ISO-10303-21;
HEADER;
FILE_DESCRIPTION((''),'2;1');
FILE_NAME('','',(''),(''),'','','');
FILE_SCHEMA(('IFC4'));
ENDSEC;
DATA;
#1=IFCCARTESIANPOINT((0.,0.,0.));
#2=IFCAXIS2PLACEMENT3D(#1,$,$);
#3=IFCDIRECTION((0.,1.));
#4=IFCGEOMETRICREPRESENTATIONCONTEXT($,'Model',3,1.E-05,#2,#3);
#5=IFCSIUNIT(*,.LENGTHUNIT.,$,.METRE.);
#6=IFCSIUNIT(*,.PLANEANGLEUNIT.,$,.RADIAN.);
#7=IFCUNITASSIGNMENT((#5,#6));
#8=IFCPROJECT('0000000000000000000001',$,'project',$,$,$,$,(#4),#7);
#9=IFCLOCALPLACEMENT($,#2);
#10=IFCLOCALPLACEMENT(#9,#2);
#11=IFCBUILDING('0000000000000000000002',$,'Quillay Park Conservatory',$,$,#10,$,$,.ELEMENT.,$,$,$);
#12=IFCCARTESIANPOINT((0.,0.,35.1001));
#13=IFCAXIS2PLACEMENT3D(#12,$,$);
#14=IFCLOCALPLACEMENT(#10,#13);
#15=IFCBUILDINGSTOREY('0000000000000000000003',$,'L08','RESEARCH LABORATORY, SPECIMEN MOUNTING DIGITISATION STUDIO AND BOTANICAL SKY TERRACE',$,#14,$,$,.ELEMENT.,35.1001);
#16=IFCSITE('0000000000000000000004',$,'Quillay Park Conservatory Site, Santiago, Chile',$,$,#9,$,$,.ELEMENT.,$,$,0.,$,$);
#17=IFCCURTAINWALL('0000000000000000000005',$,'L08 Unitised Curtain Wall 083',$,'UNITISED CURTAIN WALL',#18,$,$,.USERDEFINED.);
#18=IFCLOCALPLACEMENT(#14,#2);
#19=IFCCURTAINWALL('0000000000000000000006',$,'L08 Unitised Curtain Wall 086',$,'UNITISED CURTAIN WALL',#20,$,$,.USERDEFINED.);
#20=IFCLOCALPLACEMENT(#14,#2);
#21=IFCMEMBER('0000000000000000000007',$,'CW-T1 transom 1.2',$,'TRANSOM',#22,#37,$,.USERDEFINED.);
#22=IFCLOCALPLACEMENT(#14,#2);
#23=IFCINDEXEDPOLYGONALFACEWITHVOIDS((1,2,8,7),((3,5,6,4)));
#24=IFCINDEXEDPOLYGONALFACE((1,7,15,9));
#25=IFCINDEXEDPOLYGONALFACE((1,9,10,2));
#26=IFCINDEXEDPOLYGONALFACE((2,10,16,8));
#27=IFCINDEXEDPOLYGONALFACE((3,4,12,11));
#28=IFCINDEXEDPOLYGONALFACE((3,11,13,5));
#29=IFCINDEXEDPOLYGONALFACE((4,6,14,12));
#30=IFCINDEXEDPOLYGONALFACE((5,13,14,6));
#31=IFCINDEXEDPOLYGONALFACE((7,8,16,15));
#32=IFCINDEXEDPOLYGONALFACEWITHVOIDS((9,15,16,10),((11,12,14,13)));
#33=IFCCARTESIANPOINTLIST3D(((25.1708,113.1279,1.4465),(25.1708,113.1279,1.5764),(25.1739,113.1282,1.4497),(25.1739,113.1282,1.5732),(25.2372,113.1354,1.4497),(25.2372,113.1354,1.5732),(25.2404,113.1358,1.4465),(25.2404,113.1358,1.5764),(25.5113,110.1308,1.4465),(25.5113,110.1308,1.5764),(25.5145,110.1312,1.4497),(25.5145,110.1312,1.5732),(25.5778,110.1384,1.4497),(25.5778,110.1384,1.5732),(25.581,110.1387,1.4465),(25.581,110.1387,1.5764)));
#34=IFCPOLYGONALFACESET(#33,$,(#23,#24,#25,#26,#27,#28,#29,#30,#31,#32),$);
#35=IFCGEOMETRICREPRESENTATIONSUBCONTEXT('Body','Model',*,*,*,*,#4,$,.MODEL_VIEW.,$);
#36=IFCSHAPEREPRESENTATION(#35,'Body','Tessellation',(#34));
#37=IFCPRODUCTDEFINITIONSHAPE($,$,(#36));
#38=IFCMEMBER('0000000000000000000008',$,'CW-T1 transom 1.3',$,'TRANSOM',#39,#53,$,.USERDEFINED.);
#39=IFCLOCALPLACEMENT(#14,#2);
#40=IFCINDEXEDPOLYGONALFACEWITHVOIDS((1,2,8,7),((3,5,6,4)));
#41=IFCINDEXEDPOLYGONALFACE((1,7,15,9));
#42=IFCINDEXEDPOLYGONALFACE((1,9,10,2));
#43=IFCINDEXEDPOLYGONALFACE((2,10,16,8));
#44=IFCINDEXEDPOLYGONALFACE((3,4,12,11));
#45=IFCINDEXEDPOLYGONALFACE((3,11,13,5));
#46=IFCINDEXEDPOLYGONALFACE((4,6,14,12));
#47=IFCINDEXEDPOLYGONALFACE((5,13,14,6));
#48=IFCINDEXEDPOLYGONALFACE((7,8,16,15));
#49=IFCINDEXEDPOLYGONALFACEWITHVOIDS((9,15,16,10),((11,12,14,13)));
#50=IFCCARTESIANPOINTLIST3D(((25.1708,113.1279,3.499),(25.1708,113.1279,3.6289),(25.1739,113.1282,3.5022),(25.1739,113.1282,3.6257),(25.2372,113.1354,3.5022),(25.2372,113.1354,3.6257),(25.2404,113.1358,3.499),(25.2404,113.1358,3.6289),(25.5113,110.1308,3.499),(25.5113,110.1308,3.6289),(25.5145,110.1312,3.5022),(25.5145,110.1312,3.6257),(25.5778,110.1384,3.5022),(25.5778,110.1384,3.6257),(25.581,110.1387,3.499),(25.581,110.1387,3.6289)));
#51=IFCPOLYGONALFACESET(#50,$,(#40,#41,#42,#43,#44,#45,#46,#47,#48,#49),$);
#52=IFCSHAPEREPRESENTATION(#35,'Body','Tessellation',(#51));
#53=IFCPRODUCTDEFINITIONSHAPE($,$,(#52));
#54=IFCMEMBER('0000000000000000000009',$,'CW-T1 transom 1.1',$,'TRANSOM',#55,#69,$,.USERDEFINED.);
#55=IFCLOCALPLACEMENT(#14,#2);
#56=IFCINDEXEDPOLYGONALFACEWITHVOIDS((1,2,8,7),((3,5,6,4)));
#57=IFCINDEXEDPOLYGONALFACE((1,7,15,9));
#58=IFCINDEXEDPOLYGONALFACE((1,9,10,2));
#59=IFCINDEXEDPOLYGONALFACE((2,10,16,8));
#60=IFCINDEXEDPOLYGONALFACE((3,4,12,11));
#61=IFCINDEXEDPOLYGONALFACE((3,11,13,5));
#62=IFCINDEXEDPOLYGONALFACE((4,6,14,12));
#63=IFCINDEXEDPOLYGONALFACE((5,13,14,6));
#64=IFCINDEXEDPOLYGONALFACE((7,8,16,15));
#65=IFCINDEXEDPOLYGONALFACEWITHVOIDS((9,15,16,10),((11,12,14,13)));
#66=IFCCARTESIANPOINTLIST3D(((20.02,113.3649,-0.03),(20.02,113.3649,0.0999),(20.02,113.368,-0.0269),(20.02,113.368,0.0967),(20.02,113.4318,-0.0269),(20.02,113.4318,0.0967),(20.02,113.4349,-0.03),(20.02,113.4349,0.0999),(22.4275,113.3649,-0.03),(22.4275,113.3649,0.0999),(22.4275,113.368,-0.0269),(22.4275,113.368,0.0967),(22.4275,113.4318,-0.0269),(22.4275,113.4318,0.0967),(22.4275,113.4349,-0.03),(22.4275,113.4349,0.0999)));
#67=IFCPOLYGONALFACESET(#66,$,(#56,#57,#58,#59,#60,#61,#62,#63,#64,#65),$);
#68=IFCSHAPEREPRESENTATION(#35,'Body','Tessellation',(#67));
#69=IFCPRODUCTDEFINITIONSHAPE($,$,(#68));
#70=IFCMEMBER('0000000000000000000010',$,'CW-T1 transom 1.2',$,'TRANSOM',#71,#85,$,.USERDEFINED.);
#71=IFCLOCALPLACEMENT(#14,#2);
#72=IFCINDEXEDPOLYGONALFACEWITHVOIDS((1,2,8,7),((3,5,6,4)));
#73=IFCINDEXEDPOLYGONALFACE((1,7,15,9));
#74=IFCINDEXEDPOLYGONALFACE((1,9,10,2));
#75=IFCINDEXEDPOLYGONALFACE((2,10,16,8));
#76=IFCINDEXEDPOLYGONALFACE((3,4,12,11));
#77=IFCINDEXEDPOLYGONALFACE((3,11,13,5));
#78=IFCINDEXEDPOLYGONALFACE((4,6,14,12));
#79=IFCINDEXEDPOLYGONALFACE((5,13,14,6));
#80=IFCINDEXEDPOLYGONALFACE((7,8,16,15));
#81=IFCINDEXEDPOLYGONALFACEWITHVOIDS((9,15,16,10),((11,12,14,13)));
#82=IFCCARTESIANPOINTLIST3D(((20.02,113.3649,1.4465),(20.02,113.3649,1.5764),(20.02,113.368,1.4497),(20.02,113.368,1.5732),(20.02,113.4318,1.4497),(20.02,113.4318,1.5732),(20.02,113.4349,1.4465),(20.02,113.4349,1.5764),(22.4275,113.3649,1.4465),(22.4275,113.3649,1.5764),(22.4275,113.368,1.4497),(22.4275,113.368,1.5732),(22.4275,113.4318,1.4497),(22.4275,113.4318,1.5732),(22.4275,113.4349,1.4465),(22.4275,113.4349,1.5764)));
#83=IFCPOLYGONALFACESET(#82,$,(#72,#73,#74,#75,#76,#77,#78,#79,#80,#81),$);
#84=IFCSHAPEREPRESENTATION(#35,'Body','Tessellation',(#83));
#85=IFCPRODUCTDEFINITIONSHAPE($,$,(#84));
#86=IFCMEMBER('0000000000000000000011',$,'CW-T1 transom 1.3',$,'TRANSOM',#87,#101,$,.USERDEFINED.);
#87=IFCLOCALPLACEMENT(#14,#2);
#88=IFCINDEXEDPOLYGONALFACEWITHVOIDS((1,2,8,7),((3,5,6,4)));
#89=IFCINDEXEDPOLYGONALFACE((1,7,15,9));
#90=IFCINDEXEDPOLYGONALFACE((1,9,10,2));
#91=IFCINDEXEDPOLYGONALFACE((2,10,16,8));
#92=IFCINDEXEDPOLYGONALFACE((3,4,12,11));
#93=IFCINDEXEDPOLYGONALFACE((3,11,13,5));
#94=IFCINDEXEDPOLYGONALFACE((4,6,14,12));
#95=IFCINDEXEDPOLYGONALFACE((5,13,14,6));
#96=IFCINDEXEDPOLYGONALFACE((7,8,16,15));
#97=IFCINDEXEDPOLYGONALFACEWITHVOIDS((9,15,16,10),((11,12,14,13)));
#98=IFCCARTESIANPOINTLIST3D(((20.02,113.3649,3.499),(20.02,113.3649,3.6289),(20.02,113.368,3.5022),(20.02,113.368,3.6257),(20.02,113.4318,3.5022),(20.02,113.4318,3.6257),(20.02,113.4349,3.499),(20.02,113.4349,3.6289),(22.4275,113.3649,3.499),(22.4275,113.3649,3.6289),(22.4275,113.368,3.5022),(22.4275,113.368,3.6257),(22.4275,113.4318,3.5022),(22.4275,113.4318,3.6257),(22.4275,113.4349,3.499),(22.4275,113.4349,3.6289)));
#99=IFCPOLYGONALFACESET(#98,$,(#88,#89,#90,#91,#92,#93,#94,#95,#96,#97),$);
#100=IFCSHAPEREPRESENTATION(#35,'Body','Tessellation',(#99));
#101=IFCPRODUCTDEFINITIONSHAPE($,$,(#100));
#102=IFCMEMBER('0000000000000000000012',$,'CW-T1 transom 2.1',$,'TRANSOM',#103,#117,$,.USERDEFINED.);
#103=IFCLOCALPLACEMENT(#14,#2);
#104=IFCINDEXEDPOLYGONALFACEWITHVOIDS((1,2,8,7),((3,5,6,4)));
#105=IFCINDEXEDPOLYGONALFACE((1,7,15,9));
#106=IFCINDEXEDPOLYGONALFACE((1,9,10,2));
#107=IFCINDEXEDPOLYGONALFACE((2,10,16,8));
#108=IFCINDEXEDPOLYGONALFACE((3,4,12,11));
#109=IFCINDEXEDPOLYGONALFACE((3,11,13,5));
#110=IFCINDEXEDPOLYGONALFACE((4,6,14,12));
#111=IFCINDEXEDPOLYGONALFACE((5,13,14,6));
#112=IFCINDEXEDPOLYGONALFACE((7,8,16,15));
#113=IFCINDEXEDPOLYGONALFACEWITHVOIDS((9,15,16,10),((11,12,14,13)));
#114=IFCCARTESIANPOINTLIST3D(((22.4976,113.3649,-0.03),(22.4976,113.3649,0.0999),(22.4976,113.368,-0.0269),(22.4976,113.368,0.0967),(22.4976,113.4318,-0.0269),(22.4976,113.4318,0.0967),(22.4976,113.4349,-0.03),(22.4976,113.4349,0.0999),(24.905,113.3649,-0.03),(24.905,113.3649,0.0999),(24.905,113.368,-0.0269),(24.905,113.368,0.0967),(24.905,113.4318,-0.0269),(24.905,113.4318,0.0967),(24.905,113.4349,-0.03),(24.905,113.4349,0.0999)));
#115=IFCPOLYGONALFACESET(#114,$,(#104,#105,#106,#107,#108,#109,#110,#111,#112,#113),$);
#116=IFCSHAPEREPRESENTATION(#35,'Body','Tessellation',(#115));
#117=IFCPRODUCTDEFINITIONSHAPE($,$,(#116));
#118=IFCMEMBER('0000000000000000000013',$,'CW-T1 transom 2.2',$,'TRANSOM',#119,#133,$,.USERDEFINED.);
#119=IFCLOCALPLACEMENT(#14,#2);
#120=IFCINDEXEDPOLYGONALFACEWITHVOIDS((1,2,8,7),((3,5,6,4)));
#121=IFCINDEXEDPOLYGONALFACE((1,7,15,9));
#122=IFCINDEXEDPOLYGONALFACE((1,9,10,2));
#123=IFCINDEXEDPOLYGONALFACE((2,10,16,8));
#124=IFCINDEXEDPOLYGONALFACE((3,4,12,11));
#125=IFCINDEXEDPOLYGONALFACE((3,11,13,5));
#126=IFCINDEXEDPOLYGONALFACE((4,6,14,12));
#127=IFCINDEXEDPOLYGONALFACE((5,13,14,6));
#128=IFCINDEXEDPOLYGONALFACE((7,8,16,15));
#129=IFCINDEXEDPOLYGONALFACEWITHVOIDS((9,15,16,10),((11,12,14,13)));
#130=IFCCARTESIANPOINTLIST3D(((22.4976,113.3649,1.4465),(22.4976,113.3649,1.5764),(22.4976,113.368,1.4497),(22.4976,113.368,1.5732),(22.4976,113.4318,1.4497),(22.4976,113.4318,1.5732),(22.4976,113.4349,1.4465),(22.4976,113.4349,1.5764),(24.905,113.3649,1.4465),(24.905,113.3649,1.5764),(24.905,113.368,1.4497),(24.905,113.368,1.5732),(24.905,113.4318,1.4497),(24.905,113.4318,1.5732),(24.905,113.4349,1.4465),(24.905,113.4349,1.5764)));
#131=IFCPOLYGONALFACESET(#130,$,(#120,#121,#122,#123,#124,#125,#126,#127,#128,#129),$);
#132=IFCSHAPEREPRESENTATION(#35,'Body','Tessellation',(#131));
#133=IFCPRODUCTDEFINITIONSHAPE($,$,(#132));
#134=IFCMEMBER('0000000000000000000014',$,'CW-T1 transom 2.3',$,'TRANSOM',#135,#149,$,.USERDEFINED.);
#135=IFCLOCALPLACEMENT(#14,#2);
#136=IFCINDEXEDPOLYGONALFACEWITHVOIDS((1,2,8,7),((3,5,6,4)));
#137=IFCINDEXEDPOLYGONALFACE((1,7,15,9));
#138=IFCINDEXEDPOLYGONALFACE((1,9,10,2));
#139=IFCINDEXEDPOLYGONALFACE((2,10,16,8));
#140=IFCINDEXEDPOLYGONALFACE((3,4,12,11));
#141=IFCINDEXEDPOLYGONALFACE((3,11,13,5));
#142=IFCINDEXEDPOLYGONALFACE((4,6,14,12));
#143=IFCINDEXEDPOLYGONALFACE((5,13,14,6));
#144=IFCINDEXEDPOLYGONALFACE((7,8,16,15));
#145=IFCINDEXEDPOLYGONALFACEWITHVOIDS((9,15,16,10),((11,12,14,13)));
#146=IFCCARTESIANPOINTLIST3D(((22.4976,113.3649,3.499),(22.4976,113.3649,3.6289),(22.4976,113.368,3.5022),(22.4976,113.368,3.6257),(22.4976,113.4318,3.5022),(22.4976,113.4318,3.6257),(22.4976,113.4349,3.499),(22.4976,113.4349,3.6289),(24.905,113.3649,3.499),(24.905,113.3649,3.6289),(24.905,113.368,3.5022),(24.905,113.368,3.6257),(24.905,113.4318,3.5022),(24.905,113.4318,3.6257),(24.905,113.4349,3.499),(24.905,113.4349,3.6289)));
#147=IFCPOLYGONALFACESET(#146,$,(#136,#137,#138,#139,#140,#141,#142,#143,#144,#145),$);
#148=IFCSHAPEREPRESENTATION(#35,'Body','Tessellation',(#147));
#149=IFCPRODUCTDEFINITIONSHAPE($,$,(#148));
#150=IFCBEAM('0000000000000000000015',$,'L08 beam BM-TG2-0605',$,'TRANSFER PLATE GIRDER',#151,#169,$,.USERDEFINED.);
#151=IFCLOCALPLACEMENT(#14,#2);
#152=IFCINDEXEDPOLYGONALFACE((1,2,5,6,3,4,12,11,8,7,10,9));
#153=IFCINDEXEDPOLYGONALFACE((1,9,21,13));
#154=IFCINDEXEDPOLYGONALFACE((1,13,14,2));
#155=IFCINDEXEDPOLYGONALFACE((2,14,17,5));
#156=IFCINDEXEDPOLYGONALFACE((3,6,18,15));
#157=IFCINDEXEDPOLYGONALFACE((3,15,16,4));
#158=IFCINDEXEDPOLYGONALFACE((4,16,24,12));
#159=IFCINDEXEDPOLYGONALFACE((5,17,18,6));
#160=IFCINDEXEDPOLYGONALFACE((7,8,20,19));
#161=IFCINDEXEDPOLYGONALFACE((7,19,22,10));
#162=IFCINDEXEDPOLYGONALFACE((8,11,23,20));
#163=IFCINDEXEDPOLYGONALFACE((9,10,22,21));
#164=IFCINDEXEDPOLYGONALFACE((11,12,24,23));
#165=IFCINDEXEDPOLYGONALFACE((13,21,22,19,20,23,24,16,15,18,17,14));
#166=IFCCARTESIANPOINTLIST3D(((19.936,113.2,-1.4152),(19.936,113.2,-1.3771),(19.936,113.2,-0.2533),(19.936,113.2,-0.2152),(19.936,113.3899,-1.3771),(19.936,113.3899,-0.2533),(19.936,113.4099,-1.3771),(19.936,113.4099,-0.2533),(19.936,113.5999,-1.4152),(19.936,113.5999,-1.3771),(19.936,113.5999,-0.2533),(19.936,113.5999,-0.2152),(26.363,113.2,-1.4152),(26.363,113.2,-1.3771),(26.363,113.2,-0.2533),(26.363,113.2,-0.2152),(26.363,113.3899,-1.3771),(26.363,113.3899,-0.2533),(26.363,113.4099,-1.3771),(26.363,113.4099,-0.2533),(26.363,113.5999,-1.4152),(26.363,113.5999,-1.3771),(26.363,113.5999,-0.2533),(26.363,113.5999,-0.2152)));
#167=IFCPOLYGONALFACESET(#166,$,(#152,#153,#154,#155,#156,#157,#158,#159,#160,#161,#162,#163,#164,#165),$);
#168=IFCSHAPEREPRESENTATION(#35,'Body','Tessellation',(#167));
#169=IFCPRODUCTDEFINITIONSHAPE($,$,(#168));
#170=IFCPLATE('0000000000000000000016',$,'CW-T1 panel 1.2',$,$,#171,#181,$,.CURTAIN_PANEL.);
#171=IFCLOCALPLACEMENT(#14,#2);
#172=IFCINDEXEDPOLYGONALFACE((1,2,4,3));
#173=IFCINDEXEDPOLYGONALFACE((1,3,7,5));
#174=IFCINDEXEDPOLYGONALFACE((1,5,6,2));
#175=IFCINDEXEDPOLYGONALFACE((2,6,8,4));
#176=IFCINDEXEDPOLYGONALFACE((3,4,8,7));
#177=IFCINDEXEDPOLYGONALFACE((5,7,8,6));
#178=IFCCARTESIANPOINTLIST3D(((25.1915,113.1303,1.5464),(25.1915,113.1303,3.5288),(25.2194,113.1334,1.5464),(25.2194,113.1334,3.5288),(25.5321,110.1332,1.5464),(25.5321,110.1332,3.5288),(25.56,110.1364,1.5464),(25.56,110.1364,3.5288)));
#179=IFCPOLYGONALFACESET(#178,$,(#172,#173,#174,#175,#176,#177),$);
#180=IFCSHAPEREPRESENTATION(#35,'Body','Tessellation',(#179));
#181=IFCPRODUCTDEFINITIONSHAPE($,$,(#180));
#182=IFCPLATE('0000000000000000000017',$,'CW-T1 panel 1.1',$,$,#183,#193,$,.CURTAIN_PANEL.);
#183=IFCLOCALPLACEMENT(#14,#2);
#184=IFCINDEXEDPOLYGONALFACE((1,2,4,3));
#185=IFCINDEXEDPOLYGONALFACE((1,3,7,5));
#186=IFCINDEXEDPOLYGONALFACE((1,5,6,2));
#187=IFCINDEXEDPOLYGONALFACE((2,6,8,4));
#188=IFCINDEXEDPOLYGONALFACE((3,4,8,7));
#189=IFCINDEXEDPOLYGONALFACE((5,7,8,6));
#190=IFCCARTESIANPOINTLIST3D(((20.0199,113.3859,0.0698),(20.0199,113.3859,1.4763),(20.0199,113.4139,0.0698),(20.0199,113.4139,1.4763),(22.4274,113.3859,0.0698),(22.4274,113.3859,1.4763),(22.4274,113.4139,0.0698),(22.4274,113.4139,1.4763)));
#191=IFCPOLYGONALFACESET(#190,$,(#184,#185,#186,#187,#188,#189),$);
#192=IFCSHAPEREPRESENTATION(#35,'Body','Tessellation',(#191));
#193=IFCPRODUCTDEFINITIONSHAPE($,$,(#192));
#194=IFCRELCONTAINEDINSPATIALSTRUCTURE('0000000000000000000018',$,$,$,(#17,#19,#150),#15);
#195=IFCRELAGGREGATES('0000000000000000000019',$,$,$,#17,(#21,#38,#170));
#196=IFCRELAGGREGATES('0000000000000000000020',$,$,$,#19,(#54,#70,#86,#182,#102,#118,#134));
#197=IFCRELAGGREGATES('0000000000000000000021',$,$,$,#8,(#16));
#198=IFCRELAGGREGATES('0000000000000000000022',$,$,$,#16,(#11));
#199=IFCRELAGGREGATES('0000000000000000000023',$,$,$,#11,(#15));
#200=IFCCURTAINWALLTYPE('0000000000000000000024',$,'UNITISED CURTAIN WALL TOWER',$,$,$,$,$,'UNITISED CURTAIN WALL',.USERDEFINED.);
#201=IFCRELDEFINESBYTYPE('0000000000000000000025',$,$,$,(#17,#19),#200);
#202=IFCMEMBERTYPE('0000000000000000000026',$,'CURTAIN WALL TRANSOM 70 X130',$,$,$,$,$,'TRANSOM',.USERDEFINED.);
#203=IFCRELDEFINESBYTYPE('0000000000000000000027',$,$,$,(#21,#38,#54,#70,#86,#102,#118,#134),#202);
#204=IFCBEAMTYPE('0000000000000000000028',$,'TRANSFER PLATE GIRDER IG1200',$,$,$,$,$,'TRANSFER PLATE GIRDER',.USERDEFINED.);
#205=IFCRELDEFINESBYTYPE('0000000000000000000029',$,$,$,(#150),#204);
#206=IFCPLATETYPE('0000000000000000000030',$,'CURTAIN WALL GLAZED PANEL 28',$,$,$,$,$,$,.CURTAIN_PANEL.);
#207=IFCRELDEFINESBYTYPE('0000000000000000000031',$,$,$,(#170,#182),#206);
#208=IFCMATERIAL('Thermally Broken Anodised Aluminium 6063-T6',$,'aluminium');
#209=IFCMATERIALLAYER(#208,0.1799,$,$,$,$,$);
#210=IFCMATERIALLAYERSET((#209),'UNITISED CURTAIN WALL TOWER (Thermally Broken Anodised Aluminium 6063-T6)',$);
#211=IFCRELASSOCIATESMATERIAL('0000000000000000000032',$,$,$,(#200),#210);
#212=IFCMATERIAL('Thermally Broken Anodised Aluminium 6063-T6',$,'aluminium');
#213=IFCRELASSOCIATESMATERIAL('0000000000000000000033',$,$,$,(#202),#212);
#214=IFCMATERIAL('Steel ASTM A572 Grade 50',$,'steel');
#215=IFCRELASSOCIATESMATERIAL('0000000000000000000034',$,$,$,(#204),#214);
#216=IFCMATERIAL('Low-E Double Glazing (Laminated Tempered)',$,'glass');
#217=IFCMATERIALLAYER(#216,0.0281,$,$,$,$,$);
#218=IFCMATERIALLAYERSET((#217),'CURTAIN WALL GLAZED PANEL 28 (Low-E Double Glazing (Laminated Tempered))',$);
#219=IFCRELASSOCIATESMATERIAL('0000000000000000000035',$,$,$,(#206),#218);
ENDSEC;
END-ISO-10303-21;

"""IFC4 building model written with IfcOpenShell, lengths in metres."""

from ifc_helpers import new_model, si_unit, direction, frame, origin, origin_2d, place, context, subcontext, project, spatial, rectangle, hollow_rectangle, i_section, extrude, material, layer, layer_set, material_profile, profile_set, type_object, element, aggregate, save


model = new_model("IFC4")

# Units and contexts
model_context = context("Model", 3, precision=1e-05, world=origin(), true_north=direction((0.0, 1.0)))
body_context = subcontext(model_context, "Body", "Model", "MODEL_VIEW")
ifc_project = project(units=[si_unit("LENGTHUNIT", "METRE"), si_unit("PLANEANGLEUNIT", "RADIAN")], contexts=[model_context])

# Site, building, storey
site_placement = place(None, origin())
site = spatial("IfcSite", under=ifc_project, at=site_placement, Name="Quillay Park Conservatory Site, Santiago, Chile", CompositionType="ELEMENT", RefElevation=0.0)
building_placement = place(site_placement, origin())
building = spatial("IfcBuilding", under=site, at=building_placement, Name="Quillay Park Conservatory", CompositionType="ELEMENT")
storey_placement = place(building_placement, frame((0.0, 0.0, 35.1001)))
storey = spatial("IfcBuildingStorey", under=building, at=storey_placement, Name="L08", Description="RESEARCH LABORATORY, SPECIMEN MOUNTING DIGITISATION STUDIO AND BOTANICAL SKY TERRACE", CompositionType="ELEMENT", Elevation=35.1001)

# Curtain wall
ifc_material_1 = material(Name="Thermally Broken Anodised Aluminium 6063-T6", Category="aluminium")
ifc_layer_1 = layer(ifc_material_1, 0.1799)
ifc_layer_set_1 = layer_set([ifc_layer_1], Name="UNITISED CURTAIN WALL TOWER (Thermally Broken Anodised Aluminium 6063-T6)")
curtain_wall_type = type_object("IfcCurtainWallType", Name="UNITISED CURTAIN WALL TOWER", ElementType="UNITISED CURTAIN WALL", PredefinedType="USERDEFINED", material=ifc_layer_set_1)
curtain_wall_1_placement = place(storey_placement, origin())
curtain_wall_1 = element("IfcCurtainWall", 1, at=curtain_wall_1_placement, inside=storey, type_object=curtain_wall_type, Name="L08 Unitised Curtain Wall 083", ObjectType="UNITISED CURTAIN WALL", PredefinedType="USERDEFINED")

# Curtain wall
curtain_wall_2_placement = place(storey_placement, origin())
curtain_wall_2 = element("IfcCurtainWall", 2, at=curtain_wall_2_placement, inside=storey, type_object=curtain_wall_type, Name="L08 Unitised Curtain Wall 086", ObjectType="UNITISED CURTAIN WALL", PredefinedType="USERDEFINED")

# Members
ifc_material_2 = material(Name="Thermally Broken Anodised Aluminium 6063-T6", Category="aluminium")
ifc_material_profile_1 = material_profile(ifc_material_2, hollow_rectangle(XDim=0.0701, YDim=0.1299, WallThickness=0.0032, at=origin_2d()), Name="AL70x130x3.2")
ifc_profile_set_1 = profile_set([ifc_material_profile_1], Name="Thermally Broken Anodised Aluminium 6063-T6")
member_type_1 = type_object("IfcMemberType", Name="CURTAIN WALL TRANSOM 70 X130", ElementType="TRANSOM", PredefinedType="USERDEFINED", material=ifc_profile_set_1)
member_1_placement = place(storey_placement, frame((25.2056, 113.1318, 1.5115), z_axis=(0.11291, -0.993605, 0.0), x_axis=(0.993605, 0.11291, 0.0)))
member_1 = element("IfcMember", 3, at=member_1_placement, type_object=member_type_1, Name="CW-T1 transom 1.2", ObjectType="TRANSOM", PredefinedType="USERDEFINED", context=body_context, shape_type="SweptSolid", body=[
    extrude(hollow_rectangle(XDim=0.0701, YDim=0.1299, WallThickness=0.0032, at=origin_2d()), origin(), (0.0, 0.0, 1.0), 3.0164),
])
member_2_placement = place(storey_placement, frame((25.2056, 113.1318, 3.564), z_axis=(0.11291, -0.993605, 0.0), x_axis=(0.993605, 0.11291, 0.0)))
member_2 = element("IfcMember", 4, at=member_2_placement, type_object=member_type_1, Name="CW-T1 transom 1.3", ObjectType="TRANSOM", PredefinedType="USERDEFINED", context=body_context, shape_type="SweptSolid", body=[
    extrude(hollow_rectangle(XDim=0.0701, YDim=0.1299, WallThickness=0.0032, at=origin_2d()), origin(), (0.0, 0.0, 1.0), 3.0164),
])
member_3_placement = place(storey_placement, frame((20.02, 113.3999, 0.0349), z_axis=(1.0, 0.0, 0.0), x_axis=(0.0, 1.0, 0.0)))
member_3 = element("IfcMember", 5, at=member_3_placement, type_object=member_type_1, Name="CW-T1 transom 1.1", ObjectType="TRANSOM", PredefinedType="USERDEFINED", context=body_context, shape_type="SweptSolid", body=[
    extrude(hollow_rectangle(XDim=0.0701, YDim=0.1299, WallThickness=0.0032, at=origin_2d()), origin(), (0.0, 0.0, 1.0), 2.4075),
])
member_4_placement = place(storey_placement, frame((20.02, 113.3999, 1.5115), z_axis=(1.0, 0.0, 0.0), x_axis=(0.0, 1.0, 0.0)))
member_4 = element("IfcMember", 6, at=member_4_placement, type_object=member_type_1, Name="CW-T1 transom 1.2", ObjectType="TRANSOM", PredefinedType="USERDEFINED", context=body_context, shape_type="SweptSolid", body=[
    extrude(hollow_rectangle(XDim=0.0701, YDim=0.1299, WallThickness=0.0032, at=origin_2d()), origin(), (0.0, 0.0, 1.0), 2.4075),
])
member_5_placement = place(storey_placement, frame((20.02, 113.3999, 3.564), z_axis=(1.0, 0.0, 0.0), x_axis=(0.0, 1.0, 0.0)))
member_5 = element("IfcMember", 7, at=member_5_placement, type_object=member_type_1, Name="CW-T1 transom 1.3", ObjectType="TRANSOM", PredefinedType="USERDEFINED", context=body_context, shape_type="SweptSolid", body=[
    extrude(hollow_rectangle(XDim=0.0701, YDim=0.1299, WallThickness=0.0032, at=origin_2d()), origin(), (0.0, 0.0, 1.0), 2.4075),
])
member_6_placement = place(storey_placement, frame((22.4976, 113.3999, 0.0349), z_axis=(1.0, 0.0, 0.0), x_axis=(0.0, 1.0, 0.0)))
member_6 = element("IfcMember", 8, at=member_6_placement, type_object=member_type_1, Name="CW-T1 transom 2.1", ObjectType="TRANSOM", PredefinedType="USERDEFINED", context=body_context, shape_type="SweptSolid", body=[
    extrude(hollow_rectangle(XDim=0.0701, YDim=0.1299, WallThickness=0.0032, at=origin_2d()), origin(), (0.0, 0.0, 1.0), 2.4075),
])
member_7_placement = place(storey_placement, frame((22.4976, 113.3999, 1.5115), z_axis=(1.0, 0.0, 0.0), x_axis=(0.0, 1.0, 0.0)))
member_7 = element("IfcMember", 9, at=member_7_placement, type_object=member_type_1, Name="CW-T1 transom 2.2", ObjectType="TRANSOM", PredefinedType="USERDEFINED", context=body_context, shape_type="SweptSolid", body=[
    extrude(hollow_rectangle(XDim=0.0701, YDim=0.1299, WallThickness=0.0032, at=origin_2d()), origin(), (0.0, 0.0, 1.0), 2.4075),
])
member_8_placement = place(storey_placement, frame((22.4976, 113.3999, 3.564), z_axis=(1.0, 0.0, 0.0), x_axis=(0.0, 1.0, 0.0)))
member_8 = element("IfcMember", 10, at=member_8_placement, type_object=member_type_1, Name="CW-T1 transom 2.3", ObjectType="TRANSOM", PredefinedType="USERDEFINED", context=body_context, shape_type="SweptSolid", body=[
    extrude(hollow_rectangle(XDim=0.0701, YDim=0.1299, WallThickness=0.0032, at=origin_2d()), origin(), (0.0, 0.0, 1.0), 2.4075),
])

# Beam
ifc_material_3 = material(Name="Steel ASTM A572 Grade 50", Category="steel")
ifc_material_profile_2 = material_profile(ifc_material_3, i_section(OverallWidth=0.3999, OverallDepth=1.2, WebThickness=0.02, FlangeThickness=0.0381, at=origin_2d()), Name="IG1200x400")
ifc_profile_set_2 = profile_set([ifc_material_profile_2], Name="Steel ASTM A572 Grade 50")
beam_type = type_object("IfcBeamType", Name="TRANSFER PLATE GIRDER IG1200", ElementType="TRANSFER PLATE GIRDER", PredefinedType="USERDEFINED", material=ifc_profile_set_2)
beam_placement = place(storey_placement, frame((19.936, 113.3999, -0.8152), z_axis=(1.0, 0.0, 0.0), x_axis=(0.0, 1.0, 0.0)))
element("IfcBeam", 11, at=beam_placement, inside=storey, type_object=beam_type, Name="L08 beam BM-TG2-0605", ObjectType="TRANSFER PLATE GIRDER", PredefinedType="USERDEFINED", context=body_context, shape_type="SweptSolid", body=[
    extrude(i_section(OverallWidth=0.3999, OverallDepth=1.2, WebThickness=0.02, FlangeThickness=0.0381, at=origin_2d()), origin(), (0.0, 0.0, 1.0), 6.427),
])

# Plates
ifc_material_4 = material(Name="Low-E Double Glazing (Laminated Tempered)", Category="glass")
ifc_layer_2 = layer(ifc_material_4, 0.0281)
ifc_layer_set_2 = layer_set([ifc_layer_2], Name="CURTAIN WALL GLAZED PANEL 28 (Low-E Double Glazing (Laminated Tempered))")
plate_type_1 = type_object("IfcPlateType", Name="CURTAIN WALL GLAZED PANEL 28", PredefinedType="CURTAIN_PANEL", material=ifc_layer_set_2)
plate_1_placement = place(storey_placement, frame((25.3757, 111.6333, 1.5464), z_axis=(0.0, 0.0, 1.0), x_axis=(0.112903, -0.993606, 0.0)))
plate_1 = element("IfcPlate", 12, at=plate_1_placement, type_object=plate_type_1, Name="CW-T1 panel 1.2", PredefinedType="CURTAIN_PANEL", context=body_context, shape_type="SweptSolid", body=[
    extrude(rectangle(XDim=3.0164, YDim=0.0281, at=origin_2d()), origin(), (0.0, 0.0, 1.0), 1.9824),
])
aggregate(curtain_wall_1, [member_1, member_2, plate_1])
plate_2_placement = place(storey_placement, frame((21.2236, 113.3999, 0.0698), z_axis=(0.0, 0.0, 1.0), x_axis=(1.0, 0.0, 0.0)))
plate_2 = element("IfcPlate", 13, at=plate_2_placement, type_object=plate_type_1, Name="CW-T1 panel 1.1", PredefinedType="CURTAIN_PANEL", context=body_context, shape_type="SweptSolid", body=[
    extrude(rectangle(XDim=2.4075, YDim=0.0281, at=origin_2d()), origin(), (0.0, 0.0, 1.0), 1.4065),
])
aggregate(curtain_wall_2, [member_3, member_4, member_5, plate_2, member_6, member_7, member_8])

save(model, "model.ifc")
